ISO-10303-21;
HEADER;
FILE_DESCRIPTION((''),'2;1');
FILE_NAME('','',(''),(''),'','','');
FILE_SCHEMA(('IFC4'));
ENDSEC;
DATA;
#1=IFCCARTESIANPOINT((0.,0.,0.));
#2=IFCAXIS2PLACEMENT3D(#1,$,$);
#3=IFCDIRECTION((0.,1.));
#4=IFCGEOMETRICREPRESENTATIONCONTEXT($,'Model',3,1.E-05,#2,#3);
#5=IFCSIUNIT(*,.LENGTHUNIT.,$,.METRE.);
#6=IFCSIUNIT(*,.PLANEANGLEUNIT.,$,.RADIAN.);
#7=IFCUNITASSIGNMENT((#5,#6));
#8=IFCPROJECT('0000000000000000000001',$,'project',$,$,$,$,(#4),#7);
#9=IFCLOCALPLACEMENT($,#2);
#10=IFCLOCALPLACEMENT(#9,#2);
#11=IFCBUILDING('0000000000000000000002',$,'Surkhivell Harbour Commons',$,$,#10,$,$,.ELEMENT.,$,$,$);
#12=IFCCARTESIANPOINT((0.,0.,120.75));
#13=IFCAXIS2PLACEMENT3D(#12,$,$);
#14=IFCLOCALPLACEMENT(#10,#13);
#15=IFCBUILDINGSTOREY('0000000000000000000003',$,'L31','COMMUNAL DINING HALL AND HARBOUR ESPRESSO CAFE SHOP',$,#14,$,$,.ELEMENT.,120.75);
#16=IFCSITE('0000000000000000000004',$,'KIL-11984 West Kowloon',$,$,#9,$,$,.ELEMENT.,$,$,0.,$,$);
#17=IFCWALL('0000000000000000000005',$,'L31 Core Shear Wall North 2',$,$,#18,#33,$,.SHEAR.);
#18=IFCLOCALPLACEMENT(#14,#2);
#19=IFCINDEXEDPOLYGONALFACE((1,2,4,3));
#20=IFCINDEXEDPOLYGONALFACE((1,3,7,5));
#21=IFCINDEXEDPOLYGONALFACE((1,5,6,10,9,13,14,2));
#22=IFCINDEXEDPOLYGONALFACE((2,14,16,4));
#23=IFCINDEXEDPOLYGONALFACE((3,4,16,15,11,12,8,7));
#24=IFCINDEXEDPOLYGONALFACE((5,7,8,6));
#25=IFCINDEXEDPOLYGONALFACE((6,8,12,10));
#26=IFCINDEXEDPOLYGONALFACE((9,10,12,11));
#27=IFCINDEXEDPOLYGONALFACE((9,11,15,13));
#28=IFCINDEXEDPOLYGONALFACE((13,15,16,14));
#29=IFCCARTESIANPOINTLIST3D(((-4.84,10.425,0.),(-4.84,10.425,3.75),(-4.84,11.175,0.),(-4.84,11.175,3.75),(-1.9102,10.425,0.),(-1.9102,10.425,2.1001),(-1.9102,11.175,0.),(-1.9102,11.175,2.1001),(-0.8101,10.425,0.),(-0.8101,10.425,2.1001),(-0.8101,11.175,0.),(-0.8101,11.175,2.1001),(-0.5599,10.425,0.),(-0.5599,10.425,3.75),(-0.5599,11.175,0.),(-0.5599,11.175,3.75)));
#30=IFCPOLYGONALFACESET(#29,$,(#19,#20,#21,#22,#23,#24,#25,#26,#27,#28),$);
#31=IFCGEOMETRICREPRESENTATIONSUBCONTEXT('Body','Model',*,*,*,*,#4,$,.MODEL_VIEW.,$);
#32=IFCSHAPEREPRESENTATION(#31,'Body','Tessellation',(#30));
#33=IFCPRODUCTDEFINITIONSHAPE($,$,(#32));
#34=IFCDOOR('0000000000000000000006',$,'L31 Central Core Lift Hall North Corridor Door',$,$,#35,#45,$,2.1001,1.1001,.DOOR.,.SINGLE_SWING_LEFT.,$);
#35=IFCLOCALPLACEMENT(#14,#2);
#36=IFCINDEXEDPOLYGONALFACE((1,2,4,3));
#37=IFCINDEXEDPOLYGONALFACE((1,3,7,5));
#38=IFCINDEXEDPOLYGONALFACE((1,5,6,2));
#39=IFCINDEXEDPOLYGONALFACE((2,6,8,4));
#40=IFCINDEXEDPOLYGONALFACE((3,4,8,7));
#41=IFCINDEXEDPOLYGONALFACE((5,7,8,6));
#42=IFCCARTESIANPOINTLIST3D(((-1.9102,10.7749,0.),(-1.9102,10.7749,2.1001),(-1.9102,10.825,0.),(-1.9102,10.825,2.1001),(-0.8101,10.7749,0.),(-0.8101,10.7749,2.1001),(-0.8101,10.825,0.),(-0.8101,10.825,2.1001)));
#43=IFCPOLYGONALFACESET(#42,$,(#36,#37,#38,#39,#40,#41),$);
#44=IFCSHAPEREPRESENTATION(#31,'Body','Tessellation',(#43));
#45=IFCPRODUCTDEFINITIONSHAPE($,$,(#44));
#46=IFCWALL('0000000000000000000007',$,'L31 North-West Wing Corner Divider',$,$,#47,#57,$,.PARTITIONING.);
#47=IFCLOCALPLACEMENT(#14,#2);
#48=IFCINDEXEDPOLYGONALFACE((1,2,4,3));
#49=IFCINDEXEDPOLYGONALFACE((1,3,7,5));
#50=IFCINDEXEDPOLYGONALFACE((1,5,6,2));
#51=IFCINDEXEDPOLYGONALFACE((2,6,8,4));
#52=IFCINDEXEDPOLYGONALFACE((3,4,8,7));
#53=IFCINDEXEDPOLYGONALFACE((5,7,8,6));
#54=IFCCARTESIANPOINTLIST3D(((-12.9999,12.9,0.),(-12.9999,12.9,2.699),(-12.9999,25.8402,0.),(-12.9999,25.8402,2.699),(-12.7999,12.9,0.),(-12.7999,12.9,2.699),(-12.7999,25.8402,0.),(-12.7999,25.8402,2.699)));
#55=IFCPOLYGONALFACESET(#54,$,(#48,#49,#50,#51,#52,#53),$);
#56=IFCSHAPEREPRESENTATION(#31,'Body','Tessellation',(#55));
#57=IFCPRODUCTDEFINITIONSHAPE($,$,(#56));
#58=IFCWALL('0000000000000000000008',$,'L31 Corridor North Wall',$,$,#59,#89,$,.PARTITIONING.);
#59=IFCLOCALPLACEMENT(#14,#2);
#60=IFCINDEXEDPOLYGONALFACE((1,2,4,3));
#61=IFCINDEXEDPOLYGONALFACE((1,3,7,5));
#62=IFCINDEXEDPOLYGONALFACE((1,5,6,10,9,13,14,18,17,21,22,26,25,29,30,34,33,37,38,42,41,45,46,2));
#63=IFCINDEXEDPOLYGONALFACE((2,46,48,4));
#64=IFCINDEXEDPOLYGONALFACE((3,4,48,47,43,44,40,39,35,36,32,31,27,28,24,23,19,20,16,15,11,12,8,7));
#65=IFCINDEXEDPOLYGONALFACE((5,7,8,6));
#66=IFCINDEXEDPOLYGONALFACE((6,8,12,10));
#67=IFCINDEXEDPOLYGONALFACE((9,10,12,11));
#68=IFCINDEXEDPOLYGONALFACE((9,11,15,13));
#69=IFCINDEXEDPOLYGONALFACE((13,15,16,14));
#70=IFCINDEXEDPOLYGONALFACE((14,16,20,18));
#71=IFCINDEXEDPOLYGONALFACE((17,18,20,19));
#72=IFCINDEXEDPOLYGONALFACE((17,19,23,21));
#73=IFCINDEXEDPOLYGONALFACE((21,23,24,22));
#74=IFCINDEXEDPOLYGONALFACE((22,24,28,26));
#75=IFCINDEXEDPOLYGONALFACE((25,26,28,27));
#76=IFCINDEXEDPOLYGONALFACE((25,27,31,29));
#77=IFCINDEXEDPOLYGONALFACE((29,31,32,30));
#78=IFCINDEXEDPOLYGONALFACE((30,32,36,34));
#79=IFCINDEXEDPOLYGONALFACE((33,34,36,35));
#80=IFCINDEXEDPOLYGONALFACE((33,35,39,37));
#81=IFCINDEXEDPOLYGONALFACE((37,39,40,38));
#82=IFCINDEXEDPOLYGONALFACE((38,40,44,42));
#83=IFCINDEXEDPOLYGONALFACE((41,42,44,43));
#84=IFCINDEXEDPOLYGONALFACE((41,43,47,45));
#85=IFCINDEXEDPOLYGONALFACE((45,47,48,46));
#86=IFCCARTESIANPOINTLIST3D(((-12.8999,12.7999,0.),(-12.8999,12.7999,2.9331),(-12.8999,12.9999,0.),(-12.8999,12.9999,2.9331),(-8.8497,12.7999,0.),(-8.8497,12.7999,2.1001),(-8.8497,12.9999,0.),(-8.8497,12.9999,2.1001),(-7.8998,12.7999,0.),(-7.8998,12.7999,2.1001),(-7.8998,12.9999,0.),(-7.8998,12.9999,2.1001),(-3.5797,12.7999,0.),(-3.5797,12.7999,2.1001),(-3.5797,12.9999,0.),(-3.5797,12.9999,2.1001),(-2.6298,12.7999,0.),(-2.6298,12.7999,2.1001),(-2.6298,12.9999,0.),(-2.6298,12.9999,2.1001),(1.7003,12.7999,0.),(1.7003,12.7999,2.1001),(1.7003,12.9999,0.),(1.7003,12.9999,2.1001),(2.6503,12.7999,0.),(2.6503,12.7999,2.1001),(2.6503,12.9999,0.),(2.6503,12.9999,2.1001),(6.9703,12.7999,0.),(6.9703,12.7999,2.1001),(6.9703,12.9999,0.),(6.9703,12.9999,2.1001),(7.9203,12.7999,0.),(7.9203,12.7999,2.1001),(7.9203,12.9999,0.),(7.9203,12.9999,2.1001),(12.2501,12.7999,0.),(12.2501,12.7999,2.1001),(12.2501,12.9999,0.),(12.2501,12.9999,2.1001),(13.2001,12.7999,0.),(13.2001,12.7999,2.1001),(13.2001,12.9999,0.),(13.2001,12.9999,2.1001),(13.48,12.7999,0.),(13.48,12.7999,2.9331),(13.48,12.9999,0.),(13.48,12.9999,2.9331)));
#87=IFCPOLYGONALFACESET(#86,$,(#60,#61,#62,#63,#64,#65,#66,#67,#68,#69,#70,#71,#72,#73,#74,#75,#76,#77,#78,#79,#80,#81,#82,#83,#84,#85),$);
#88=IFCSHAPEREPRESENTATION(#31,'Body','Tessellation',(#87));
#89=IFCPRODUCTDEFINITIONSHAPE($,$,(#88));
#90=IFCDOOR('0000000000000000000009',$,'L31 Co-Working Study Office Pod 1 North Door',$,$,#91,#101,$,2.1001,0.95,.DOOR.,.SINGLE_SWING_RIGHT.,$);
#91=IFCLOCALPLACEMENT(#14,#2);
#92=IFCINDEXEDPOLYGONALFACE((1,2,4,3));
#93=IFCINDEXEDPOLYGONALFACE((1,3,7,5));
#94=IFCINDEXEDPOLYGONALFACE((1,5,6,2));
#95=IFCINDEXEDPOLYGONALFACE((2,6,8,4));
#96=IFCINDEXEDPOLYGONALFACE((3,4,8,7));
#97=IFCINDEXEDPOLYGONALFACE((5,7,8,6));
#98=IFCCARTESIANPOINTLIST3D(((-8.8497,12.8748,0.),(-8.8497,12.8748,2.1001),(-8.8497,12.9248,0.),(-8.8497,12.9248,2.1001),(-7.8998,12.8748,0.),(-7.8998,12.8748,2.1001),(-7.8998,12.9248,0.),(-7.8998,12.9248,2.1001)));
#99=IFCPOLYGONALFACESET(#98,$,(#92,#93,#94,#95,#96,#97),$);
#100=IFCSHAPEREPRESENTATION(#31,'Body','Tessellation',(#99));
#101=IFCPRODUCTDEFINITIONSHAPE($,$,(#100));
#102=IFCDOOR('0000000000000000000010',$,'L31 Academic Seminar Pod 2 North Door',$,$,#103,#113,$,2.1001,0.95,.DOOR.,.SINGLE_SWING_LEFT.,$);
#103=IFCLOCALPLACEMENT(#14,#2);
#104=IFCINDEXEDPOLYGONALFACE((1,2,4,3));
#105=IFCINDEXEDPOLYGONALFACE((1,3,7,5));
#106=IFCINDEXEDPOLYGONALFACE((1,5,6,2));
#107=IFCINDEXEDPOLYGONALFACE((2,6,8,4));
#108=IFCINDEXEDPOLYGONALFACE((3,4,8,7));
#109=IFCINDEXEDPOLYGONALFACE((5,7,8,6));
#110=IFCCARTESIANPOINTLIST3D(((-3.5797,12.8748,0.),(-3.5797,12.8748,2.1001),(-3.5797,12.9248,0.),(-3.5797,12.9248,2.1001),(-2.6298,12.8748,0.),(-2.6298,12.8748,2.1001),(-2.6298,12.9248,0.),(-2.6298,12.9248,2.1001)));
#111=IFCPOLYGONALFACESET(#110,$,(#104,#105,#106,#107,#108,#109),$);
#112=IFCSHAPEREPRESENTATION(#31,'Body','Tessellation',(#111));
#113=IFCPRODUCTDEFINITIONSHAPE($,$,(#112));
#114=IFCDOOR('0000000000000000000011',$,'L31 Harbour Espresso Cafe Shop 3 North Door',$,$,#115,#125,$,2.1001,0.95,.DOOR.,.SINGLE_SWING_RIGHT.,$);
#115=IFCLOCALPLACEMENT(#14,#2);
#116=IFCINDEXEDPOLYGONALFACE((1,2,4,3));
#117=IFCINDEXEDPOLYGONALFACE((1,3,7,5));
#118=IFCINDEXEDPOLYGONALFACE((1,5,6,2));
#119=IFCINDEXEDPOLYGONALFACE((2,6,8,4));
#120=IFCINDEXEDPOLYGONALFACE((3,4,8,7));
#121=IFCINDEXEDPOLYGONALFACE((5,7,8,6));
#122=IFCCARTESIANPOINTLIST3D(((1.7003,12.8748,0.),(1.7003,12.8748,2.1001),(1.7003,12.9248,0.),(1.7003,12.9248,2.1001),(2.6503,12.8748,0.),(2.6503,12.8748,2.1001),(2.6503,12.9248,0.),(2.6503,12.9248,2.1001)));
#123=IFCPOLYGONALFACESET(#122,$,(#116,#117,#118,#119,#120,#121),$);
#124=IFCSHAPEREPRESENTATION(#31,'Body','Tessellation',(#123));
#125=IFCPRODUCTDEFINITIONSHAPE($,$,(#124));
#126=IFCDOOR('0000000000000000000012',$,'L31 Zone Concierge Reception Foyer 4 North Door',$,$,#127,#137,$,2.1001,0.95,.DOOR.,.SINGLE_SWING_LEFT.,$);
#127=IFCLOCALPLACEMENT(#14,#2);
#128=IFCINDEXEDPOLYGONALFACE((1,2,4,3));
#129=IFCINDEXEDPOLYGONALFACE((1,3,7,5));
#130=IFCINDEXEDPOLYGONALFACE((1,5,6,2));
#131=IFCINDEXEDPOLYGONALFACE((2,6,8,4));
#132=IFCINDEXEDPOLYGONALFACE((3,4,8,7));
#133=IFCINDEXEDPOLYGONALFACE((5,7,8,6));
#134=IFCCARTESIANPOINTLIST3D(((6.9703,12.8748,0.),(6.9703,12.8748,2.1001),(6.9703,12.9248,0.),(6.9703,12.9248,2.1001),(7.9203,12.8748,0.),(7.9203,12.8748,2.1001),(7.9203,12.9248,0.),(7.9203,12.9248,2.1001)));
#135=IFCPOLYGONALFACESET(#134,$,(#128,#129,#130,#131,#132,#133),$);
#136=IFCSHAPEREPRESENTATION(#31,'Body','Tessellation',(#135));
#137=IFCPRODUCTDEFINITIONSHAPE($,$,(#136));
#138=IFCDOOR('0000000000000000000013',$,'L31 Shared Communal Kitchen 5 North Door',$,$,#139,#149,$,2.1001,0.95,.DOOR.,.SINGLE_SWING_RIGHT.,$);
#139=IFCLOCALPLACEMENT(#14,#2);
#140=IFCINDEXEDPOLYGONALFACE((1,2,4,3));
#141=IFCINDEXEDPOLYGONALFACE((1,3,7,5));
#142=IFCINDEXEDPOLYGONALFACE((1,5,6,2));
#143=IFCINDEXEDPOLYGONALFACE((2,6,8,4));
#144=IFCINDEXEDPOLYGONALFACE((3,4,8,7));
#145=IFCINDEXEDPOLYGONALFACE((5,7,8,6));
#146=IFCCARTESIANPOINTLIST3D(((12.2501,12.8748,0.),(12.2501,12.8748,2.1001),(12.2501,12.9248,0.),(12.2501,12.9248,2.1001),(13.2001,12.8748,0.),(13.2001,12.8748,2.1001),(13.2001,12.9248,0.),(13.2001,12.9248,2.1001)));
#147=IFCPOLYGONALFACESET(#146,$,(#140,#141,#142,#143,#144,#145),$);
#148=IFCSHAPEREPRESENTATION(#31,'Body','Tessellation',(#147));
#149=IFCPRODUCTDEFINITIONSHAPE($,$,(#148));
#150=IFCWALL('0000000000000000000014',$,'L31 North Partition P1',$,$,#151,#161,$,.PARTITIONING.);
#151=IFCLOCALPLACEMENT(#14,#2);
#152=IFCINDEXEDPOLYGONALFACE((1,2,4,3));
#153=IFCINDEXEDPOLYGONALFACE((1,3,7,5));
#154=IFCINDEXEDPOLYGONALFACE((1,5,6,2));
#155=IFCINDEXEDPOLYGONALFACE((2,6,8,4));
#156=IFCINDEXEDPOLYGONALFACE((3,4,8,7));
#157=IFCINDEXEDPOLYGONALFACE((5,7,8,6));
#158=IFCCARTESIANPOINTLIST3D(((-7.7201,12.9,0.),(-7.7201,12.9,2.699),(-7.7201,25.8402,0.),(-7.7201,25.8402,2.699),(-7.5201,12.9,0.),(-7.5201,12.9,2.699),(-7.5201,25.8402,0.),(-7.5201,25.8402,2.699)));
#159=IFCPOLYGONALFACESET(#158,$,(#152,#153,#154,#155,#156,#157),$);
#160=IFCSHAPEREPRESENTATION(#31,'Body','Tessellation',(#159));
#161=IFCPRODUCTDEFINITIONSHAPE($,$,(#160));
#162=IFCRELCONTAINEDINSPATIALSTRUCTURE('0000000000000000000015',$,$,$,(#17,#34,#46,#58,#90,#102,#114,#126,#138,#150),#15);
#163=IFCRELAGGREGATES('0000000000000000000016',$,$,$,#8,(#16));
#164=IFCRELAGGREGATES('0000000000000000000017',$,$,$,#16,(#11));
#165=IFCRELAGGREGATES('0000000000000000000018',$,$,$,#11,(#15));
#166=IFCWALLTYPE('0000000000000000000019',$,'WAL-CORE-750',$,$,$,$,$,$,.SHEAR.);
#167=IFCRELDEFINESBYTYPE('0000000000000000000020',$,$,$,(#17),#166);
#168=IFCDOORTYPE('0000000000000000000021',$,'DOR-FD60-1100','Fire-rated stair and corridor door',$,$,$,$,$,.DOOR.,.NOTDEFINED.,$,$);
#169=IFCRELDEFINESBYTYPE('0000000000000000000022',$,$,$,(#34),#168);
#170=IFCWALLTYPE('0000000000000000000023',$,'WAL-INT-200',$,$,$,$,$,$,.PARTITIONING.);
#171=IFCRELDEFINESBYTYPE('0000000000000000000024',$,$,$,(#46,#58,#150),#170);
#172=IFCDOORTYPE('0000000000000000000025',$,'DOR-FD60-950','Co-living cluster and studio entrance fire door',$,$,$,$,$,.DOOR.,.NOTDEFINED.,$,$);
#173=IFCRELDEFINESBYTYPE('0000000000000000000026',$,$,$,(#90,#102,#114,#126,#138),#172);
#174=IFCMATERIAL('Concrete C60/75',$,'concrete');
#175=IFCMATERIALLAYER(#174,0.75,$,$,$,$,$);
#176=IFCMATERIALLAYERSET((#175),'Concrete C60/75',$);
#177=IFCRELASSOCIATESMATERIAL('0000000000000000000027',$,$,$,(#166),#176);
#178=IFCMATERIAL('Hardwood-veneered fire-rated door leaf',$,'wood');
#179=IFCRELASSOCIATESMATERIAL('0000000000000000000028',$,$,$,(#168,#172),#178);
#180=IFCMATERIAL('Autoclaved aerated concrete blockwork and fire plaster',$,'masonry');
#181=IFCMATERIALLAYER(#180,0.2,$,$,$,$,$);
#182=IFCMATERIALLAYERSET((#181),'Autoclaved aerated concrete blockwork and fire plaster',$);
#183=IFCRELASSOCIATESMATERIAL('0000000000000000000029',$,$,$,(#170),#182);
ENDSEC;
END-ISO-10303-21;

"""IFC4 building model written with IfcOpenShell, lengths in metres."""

from ifc_helpers import new_model, si_unit, direction, frame, frame_2d, origin, place, context, subcontext, project, spatial, rectangle, extrude, material, layer, layer_set, type_object, element, fill, save


model = new_model("IFC4")

# Units and contexts
model_context = context("Model", 3, precision=1e-05, world=origin(), true_north=direction((0.0, 1.0)))
body_context = subcontext(model_context, "Body", "Model", "MODEL_VIEW")
ifc_project = project(units=[si_unit("LENGTHUNIT", "METRE"), si_unit("PLANEANGLEUNIT", "RADIAN")], contexts=[model_context])

# Site, building, storey
site_placement = place(None, origin())
site = spatial("IfcSite", under=ifc_project, at=site_placement, Name="KIL-11984 West Kowloon", CompositionType="ELEMENT", RefElevation=0.0)
building_placement = place(site_placement, origin())
building = spatial("IfcBuilding", under=site, at=building_placement, Name="Surkhivell Harbour Commons", CompositionType="ELEMENT")
storey_placement = place(building_placement, frame((0.0, 0.0, 120.75)))
storey = spatial("IfcBuildingStorey", under=building, at=storey_placement, Name="L31", Description="COMMUNAL DINING HALL AND HARBOUR ESPRESSO CAFE SHOP", CompositionType="ELEMENT", Elevation=120.75)

# Shared definitions
ifc_material_1 = material(Name="Concrete C60/75", Category="concrete")

# Shared definitions
ifc_layer_1 = layer(ifc_material_1, 0.75)
ifc_layer_set_1 = layer_set([ifc_layer_1], Name="Concrete C60/75")
wall_type_1 = type_object("IfcWallType", Name="WAL-CORE-750", PredefinedType="SHEAR", material=ifc_layer_set_1)

# Wall, opening, door
wall_1_placement = place(storey_placement, frame((-4.8401, 10.8, 0.0), z_axis=(0.0, 0.0, 1.0), x_axis=(1.0, 0.0, 0.0)))
wall_1 = element("IfcWall", 1, at=wall_1_placement, inside=storey, type_object=wall_type_1, Name="L31 Core Shear Wall North 2", PredefinedType="SHEAR", context=body_context, shape_type="SweptSolid", body=[
    extrude(rectangle(XDim=4.28, YDim=0.75, at=frame_2d((2.1401, 0.0))), origin(), (0.0, 0.0, 1.0), 3.75),
])
opening_1_placement = place(wall_1_placement, frame((2.9299, 0.0, 0.0)))
opening_1 = element("IfcOpeningElement", 2, at=opening_1_placement, cuts=wall_1, PredefinedType="OPENING", context=body_context, shape_type="SweptSolid", body=[
    extrude(rectangle(XDim=1.1001, YDim=2.1001, at=frame_2d((0.55, 1.05))), frame((0.0, 0.385, 0.0), z_axis=(0.0, -1.0, 0.0), x_axis=(1.0, 0.0, 0.0)), (0.0, 0.0, 1.0), 0.77),
])
ifc_material_2 = material(Name="Hardwood-veneered fire-rated door leaf", Category="wood")
door_type_1 = type_object("IfcDoorType", Name="DOR-FD60-1100", Description="Fire-rated stair and corridor door", OperationType="NOTDEFINED", PredefinedType="DOOR", material=ifc_material_2)
door_1_placement = place(opening_1_placement, origin())
door_1 = element("IfcDoor", 3, at=door_1_placement, inside=storey, type_object=door_type_1, Name="L31 Central Core Lift Hall North Corridor Door", OperationType="SINGLE_SWING_LEFT", OverallHeight=2.1001, OverallWidth=1.1001, PredefinedType="DOOR", context=body_context, shape_type="SweptSolid", body=[
    extrude(rectangle(XDim=1.1001, YDim=2.1001, at=frame_2d((0.55, 1.05))), frame((0.0, 0.0249, 0.0), z_axis=(0.0, -1.0, 0.0), x_axis=(1.0, 0.0, 0.0)), (0.0, 0.0, 1.0), 0.05),
])
fill(opening_1, door_1)

# Wall
ifc_material_3 = material(Name="Autoclaved aerated concrete blockwork and fire plaster", Category="masonry")
ifc_layer_2 = layer(ifc_material_3, 0.2)
ifc_layer_set_2 = layer_set([ifc_layer_2], Name="Autoclaved aerated concrete blockwork and fire plaster")
wall_type_2 = type_object("IfcWallType", Name="WAL-INT-200", PredefinedType="PARTITIONING", material=ifc_layer_set_2)
wall_2_placement = place(storey_placement, frame((-12.8999, 12.8999, 0.0), z_axis=(0.0, 0.0, 1.0), x_axis=(0.0, 1.0, 0.0)))
element("IfcWall", 4, at=wall_2_placement, inside=storey, type_object=wall_type_2, Name="L31 North-West Wing Corner Divider", PredefinedType="PARTITIONING", context=body_context, shape_type="SweptSolid", body=[
    extrude(rectangle(XDim=12.9402, YDim=0.2, at=frame_2d((6.4702, 0.0))), origin(), (0.0, 0.0, 1.0), 2.699),
])

# Wall, openings, doors
wall_3_placement = place(storey_placement, frame((-12.8999, 12.8999, 0.0), z_axis=(0.0, 0.0, 1.0), x_axis=(1.0, 0.0, 0.0)))
wall_3 = element("IfcWall", 5, at=wall_3_placement, inside=storey, type_object=wall_type_2, Name="L31 Corridor North Wall", PredefinedType="PARTITIONING", context=body_context, shape_type="SweptSolid", body=[
    extrude(rectangle(XDim=26.3799, YDim=0.2, at=frame_2d((13.1899, 0.0))), origin(), (0.0, 0.0, 1.0), 2.9331),
])
opening_2_placement = place(wall_3_placement, frame((4.05, 0.0, 0.0)))
opening_2 = element("IfcOpeningElement", 6, at=opening_2_placement, cuts=wall_3, PredefinedType="OPENING", context=body_context, shape_type="SweptSolid", body=[
    extrude(rectangle(XDim=0.95, YDim=2.1001, at=frame_2d((0.4751, 1.05))), frame((0.0, 0.1099, 0.0), z_axis=(0.0, -1.0, 0.0), x_axis=(1.0, 0.0, 0.0)), (0.0, 0.0, 1.0), 0.22),
])
opening_3_placement = place(wall_3_placement, frame((9.3201, 0.0, 0.0)))
opening_3 = element("IfcOpeningElement", 7, at=opening_3_placement, cuts=wall_3, PredefinedType="OPENING", context=body_context, shape_type="SweptSolid", body=[
    extrude(rectangle(XDim=0.95, YDim=2.1001, at=frame_2d((0.4751, 1.05))), frame((0.0, 0.1099, 0.0), z_axis=(0.0, -1.0, 0.0), x_axis=(1.0, 0.0, 0.0)), (0.0, 0.0, 1.0), 0.22),
])
opening_4_placement = place(wall_3_placement, frame((14.6001, 0.0, 0.0)))
opening_4 = element("IfcOpeningElement", 8, at=opening_4_placement, cuts=wall_3, PredefinedType="OPENING", context=body_context, shape_type="SweptSolid", body=[
    extrude(rectangle(XDim=0.95, YDim=2.1001, at=frame_2d((0.4751, 1.05))), frame((0.0, 0.1099, 0.0), z_axis=(0.0, -1.0, 0.0), x_axis=(1.0, 0.0, 0.0)), (0.0, 0.0, 1.0), 0.22),
])
opening_5_placement = place(wall_3_placement, frame((19.8701, 0.0, 0.0)))
opening_5 = element("IfcOpeningElement", 9, at=opening_5_placement, cuts=wall_3, PredefinedType="OPENING", context=body_context, shape_type="SweptSolid", body=[
    extrude(rectangle(XDim=0.95, YDim=2.1001, at=frame_2d((0.4751, 1.05))), frame((0.0, 0.1099, 0.0), z_axis=(0.0, -1.0, 0.0), x_axis=(1.0, 0.0, 0.0)), (0.0, 0.0, 1.0), 0.22),
])
opening_6_placement = place(wall_3_placement, frame((25.1499, 0.0, 0.0)))
opening_6 = element("IfcOpeningElement", 10, at=opening_6_placement, cuts=wall_3, PredefinedType="OPENING", context=body_context, shape_type="SweptSolid", body=[
    extrude(rectangle(XDim=0.95, YDim=2.1001, at=frame_2d((0.4751, 1.05))), frame((0.0, 0.1099, 0.0), z_axis=(0.0, -1.0, 0.0), x_axis=(1.0, 0.0, 0.0)), (0.0, 0.0, 1.0), 0.22),
])
door_type_2 = type_object("IfcDoorType", Name="DOR-FD60-950", Description="Co-living cluster and studio entrance fire door", OperationType="NOTDEFINED", PredefinedType="DOOR", material=ifc_material_2)
door_2_placement = place(opening_2_placement, origin())
door_2 = element("IfcDoor", 11, at=door_2_placement, inside=storey, type_object=door_type_2, Name="L31 Co-Working Study Office Pod 1 North Door", OperationType="SINGLE_SWING_RIGHT", OverallHeight=2.1001, OverallWidth=0.95, PredefinedType="DOOR", context=body_context, shape_type="SweptSolid", body=[
    extrude(rectangle(XDim=0.95, YDim=2.1001, at=frame_2d((0.4751, 1.05))), frame((0.0, 0.0249, 0.0), z_axis=(0.0, -1.0, 0.0), x_axis=(1.0, 0.0, 0.0)), (0.0, 0.0, 1.0), 0.05),
])
fill(opening_2, door_2)
door_3_placement = place(opening_3_placement, origin())
door_3 = element("IfcDoor", 12, at=door_3_placement, inside=storey, type_object=door_type_2, Name="L31 Academic Seminar Pod 2 North Door", OperationType="SINGLE_SWING_LEFT", OverallHeight=2.1001, OverallWidth=0.95, PredefinedType="DOOR", context=body_context, shape_type="SweptSolid", body=[
    extrude(rectangle(XDim=0.95, YDim=2.1001, at=frame_2d((0.4751, 1.05))), frame((0.0, 0.0249, 0.0), z_axis=(0.0, -1.0, 0.0), x_axis=(1.0, 0.0, 0.0)), (0.0, 0.0, 1.0), 0.05),
])
fill(opening_3, door_3)
door_4_placement = place(opening_4_placement, origin())
door_4 = element("IfcDoor", 13, at=door_4_placement, inside=storey, type_object=door_type_2, Name="L31 Harbour Espresso Cafe Shop 3 North Door", OperationType="SINGLE_SWING_RIGHT", OverallHeight=2.1001, OverallWidth=0.95, PredefinedType="DOOR", context=body_context, shape_type="SweptSolid", body=[
    extrude(rectangle(XDim=0.95, YDim=2.1001, at=frame_2d((0.4751, 1.05))), frame((0.0, 0.0249, 0.0), z_axis=(0.0, -1.0, 0.0), x_axis=(1.0, 0.0, 0.0)), (0.0, 0.0, 1.0), 0.05),
])
fill(opening_4, door_4)
door_5_placement = place(opening_5_placement, origin())
door_5 = element("IfcDoor", 14, at=door_5_placement, inside=storey, type_object=door_type_2, Name="L31 Zone Concierge Reception Foyer 4 North Door", OperationType="SINGLE_SWING_LEFT", OverallHeight=2.1001, OverallWidth=0.95, PredefinedType="DOOR", context=body_context, shape_type="SweptSolid", body=[
    extrude(rectangle(XDim=0.95, YDim=2.1001, at=frame_2d((0.4751, 1.05))), frame((0.0, 0.0249, 0.0), z_axis=(0.0, -1.0, 0.0), x_axis=(1.0, 0.0, 0.0)), (0.0, 0.0, 1.0), 0.05),
])
fill(opening_5, door_5)
door_6_placement = place(opening_6_placement, origin())
door_6 = element("IfcDoor", 15, at=door_6_placement, inside=storey, type_object=door_type_2, Name="L31 Shared Communal Kitchen 5 North Door", OperationType="SINGLE_SWING_RIGHT", OverallHeight=2.1001, OverallWidth=0.95, PredefinedType="DOOR", context=body_context, shape_type="SweptSolid", body=[
    extrude(rectangle(XDim=0.95, YDim=2.1001, at=frame_2d((0.4751, 1.05))), frame((0.0, 0.0249, 0.0), z_axis=(0.0, -1.0, 0.0), x_axis=(1.0, 0.0, 0.0)), (0.0, 0.0, 1.0), 0.05),
])
fill(opening_6, door_6)

# Wall
wall_4_placement = place(storey_placement, frame((-7.6201, 12.8999, 0.0), z_axis=(0.0, 0.0, 1.0), x_axis=(0.0, 1.0, 0.0)))
element("IfcWall", 16, at=wall_4_placement, inside=storey, type_object=wall_type_2, Name="L31 North Partition P1", PredefinedType="PARTITIONING", context=body_context, shape_type="SweptSolid", body=[
    extrude(rectangle(XDim=12.9402, YDim=0.2, at=frame_2d((6.4702, 0.0))), origin(), (0.0, 0.0, 1.0), 2.699),
])

save(model, "model.ifc")
